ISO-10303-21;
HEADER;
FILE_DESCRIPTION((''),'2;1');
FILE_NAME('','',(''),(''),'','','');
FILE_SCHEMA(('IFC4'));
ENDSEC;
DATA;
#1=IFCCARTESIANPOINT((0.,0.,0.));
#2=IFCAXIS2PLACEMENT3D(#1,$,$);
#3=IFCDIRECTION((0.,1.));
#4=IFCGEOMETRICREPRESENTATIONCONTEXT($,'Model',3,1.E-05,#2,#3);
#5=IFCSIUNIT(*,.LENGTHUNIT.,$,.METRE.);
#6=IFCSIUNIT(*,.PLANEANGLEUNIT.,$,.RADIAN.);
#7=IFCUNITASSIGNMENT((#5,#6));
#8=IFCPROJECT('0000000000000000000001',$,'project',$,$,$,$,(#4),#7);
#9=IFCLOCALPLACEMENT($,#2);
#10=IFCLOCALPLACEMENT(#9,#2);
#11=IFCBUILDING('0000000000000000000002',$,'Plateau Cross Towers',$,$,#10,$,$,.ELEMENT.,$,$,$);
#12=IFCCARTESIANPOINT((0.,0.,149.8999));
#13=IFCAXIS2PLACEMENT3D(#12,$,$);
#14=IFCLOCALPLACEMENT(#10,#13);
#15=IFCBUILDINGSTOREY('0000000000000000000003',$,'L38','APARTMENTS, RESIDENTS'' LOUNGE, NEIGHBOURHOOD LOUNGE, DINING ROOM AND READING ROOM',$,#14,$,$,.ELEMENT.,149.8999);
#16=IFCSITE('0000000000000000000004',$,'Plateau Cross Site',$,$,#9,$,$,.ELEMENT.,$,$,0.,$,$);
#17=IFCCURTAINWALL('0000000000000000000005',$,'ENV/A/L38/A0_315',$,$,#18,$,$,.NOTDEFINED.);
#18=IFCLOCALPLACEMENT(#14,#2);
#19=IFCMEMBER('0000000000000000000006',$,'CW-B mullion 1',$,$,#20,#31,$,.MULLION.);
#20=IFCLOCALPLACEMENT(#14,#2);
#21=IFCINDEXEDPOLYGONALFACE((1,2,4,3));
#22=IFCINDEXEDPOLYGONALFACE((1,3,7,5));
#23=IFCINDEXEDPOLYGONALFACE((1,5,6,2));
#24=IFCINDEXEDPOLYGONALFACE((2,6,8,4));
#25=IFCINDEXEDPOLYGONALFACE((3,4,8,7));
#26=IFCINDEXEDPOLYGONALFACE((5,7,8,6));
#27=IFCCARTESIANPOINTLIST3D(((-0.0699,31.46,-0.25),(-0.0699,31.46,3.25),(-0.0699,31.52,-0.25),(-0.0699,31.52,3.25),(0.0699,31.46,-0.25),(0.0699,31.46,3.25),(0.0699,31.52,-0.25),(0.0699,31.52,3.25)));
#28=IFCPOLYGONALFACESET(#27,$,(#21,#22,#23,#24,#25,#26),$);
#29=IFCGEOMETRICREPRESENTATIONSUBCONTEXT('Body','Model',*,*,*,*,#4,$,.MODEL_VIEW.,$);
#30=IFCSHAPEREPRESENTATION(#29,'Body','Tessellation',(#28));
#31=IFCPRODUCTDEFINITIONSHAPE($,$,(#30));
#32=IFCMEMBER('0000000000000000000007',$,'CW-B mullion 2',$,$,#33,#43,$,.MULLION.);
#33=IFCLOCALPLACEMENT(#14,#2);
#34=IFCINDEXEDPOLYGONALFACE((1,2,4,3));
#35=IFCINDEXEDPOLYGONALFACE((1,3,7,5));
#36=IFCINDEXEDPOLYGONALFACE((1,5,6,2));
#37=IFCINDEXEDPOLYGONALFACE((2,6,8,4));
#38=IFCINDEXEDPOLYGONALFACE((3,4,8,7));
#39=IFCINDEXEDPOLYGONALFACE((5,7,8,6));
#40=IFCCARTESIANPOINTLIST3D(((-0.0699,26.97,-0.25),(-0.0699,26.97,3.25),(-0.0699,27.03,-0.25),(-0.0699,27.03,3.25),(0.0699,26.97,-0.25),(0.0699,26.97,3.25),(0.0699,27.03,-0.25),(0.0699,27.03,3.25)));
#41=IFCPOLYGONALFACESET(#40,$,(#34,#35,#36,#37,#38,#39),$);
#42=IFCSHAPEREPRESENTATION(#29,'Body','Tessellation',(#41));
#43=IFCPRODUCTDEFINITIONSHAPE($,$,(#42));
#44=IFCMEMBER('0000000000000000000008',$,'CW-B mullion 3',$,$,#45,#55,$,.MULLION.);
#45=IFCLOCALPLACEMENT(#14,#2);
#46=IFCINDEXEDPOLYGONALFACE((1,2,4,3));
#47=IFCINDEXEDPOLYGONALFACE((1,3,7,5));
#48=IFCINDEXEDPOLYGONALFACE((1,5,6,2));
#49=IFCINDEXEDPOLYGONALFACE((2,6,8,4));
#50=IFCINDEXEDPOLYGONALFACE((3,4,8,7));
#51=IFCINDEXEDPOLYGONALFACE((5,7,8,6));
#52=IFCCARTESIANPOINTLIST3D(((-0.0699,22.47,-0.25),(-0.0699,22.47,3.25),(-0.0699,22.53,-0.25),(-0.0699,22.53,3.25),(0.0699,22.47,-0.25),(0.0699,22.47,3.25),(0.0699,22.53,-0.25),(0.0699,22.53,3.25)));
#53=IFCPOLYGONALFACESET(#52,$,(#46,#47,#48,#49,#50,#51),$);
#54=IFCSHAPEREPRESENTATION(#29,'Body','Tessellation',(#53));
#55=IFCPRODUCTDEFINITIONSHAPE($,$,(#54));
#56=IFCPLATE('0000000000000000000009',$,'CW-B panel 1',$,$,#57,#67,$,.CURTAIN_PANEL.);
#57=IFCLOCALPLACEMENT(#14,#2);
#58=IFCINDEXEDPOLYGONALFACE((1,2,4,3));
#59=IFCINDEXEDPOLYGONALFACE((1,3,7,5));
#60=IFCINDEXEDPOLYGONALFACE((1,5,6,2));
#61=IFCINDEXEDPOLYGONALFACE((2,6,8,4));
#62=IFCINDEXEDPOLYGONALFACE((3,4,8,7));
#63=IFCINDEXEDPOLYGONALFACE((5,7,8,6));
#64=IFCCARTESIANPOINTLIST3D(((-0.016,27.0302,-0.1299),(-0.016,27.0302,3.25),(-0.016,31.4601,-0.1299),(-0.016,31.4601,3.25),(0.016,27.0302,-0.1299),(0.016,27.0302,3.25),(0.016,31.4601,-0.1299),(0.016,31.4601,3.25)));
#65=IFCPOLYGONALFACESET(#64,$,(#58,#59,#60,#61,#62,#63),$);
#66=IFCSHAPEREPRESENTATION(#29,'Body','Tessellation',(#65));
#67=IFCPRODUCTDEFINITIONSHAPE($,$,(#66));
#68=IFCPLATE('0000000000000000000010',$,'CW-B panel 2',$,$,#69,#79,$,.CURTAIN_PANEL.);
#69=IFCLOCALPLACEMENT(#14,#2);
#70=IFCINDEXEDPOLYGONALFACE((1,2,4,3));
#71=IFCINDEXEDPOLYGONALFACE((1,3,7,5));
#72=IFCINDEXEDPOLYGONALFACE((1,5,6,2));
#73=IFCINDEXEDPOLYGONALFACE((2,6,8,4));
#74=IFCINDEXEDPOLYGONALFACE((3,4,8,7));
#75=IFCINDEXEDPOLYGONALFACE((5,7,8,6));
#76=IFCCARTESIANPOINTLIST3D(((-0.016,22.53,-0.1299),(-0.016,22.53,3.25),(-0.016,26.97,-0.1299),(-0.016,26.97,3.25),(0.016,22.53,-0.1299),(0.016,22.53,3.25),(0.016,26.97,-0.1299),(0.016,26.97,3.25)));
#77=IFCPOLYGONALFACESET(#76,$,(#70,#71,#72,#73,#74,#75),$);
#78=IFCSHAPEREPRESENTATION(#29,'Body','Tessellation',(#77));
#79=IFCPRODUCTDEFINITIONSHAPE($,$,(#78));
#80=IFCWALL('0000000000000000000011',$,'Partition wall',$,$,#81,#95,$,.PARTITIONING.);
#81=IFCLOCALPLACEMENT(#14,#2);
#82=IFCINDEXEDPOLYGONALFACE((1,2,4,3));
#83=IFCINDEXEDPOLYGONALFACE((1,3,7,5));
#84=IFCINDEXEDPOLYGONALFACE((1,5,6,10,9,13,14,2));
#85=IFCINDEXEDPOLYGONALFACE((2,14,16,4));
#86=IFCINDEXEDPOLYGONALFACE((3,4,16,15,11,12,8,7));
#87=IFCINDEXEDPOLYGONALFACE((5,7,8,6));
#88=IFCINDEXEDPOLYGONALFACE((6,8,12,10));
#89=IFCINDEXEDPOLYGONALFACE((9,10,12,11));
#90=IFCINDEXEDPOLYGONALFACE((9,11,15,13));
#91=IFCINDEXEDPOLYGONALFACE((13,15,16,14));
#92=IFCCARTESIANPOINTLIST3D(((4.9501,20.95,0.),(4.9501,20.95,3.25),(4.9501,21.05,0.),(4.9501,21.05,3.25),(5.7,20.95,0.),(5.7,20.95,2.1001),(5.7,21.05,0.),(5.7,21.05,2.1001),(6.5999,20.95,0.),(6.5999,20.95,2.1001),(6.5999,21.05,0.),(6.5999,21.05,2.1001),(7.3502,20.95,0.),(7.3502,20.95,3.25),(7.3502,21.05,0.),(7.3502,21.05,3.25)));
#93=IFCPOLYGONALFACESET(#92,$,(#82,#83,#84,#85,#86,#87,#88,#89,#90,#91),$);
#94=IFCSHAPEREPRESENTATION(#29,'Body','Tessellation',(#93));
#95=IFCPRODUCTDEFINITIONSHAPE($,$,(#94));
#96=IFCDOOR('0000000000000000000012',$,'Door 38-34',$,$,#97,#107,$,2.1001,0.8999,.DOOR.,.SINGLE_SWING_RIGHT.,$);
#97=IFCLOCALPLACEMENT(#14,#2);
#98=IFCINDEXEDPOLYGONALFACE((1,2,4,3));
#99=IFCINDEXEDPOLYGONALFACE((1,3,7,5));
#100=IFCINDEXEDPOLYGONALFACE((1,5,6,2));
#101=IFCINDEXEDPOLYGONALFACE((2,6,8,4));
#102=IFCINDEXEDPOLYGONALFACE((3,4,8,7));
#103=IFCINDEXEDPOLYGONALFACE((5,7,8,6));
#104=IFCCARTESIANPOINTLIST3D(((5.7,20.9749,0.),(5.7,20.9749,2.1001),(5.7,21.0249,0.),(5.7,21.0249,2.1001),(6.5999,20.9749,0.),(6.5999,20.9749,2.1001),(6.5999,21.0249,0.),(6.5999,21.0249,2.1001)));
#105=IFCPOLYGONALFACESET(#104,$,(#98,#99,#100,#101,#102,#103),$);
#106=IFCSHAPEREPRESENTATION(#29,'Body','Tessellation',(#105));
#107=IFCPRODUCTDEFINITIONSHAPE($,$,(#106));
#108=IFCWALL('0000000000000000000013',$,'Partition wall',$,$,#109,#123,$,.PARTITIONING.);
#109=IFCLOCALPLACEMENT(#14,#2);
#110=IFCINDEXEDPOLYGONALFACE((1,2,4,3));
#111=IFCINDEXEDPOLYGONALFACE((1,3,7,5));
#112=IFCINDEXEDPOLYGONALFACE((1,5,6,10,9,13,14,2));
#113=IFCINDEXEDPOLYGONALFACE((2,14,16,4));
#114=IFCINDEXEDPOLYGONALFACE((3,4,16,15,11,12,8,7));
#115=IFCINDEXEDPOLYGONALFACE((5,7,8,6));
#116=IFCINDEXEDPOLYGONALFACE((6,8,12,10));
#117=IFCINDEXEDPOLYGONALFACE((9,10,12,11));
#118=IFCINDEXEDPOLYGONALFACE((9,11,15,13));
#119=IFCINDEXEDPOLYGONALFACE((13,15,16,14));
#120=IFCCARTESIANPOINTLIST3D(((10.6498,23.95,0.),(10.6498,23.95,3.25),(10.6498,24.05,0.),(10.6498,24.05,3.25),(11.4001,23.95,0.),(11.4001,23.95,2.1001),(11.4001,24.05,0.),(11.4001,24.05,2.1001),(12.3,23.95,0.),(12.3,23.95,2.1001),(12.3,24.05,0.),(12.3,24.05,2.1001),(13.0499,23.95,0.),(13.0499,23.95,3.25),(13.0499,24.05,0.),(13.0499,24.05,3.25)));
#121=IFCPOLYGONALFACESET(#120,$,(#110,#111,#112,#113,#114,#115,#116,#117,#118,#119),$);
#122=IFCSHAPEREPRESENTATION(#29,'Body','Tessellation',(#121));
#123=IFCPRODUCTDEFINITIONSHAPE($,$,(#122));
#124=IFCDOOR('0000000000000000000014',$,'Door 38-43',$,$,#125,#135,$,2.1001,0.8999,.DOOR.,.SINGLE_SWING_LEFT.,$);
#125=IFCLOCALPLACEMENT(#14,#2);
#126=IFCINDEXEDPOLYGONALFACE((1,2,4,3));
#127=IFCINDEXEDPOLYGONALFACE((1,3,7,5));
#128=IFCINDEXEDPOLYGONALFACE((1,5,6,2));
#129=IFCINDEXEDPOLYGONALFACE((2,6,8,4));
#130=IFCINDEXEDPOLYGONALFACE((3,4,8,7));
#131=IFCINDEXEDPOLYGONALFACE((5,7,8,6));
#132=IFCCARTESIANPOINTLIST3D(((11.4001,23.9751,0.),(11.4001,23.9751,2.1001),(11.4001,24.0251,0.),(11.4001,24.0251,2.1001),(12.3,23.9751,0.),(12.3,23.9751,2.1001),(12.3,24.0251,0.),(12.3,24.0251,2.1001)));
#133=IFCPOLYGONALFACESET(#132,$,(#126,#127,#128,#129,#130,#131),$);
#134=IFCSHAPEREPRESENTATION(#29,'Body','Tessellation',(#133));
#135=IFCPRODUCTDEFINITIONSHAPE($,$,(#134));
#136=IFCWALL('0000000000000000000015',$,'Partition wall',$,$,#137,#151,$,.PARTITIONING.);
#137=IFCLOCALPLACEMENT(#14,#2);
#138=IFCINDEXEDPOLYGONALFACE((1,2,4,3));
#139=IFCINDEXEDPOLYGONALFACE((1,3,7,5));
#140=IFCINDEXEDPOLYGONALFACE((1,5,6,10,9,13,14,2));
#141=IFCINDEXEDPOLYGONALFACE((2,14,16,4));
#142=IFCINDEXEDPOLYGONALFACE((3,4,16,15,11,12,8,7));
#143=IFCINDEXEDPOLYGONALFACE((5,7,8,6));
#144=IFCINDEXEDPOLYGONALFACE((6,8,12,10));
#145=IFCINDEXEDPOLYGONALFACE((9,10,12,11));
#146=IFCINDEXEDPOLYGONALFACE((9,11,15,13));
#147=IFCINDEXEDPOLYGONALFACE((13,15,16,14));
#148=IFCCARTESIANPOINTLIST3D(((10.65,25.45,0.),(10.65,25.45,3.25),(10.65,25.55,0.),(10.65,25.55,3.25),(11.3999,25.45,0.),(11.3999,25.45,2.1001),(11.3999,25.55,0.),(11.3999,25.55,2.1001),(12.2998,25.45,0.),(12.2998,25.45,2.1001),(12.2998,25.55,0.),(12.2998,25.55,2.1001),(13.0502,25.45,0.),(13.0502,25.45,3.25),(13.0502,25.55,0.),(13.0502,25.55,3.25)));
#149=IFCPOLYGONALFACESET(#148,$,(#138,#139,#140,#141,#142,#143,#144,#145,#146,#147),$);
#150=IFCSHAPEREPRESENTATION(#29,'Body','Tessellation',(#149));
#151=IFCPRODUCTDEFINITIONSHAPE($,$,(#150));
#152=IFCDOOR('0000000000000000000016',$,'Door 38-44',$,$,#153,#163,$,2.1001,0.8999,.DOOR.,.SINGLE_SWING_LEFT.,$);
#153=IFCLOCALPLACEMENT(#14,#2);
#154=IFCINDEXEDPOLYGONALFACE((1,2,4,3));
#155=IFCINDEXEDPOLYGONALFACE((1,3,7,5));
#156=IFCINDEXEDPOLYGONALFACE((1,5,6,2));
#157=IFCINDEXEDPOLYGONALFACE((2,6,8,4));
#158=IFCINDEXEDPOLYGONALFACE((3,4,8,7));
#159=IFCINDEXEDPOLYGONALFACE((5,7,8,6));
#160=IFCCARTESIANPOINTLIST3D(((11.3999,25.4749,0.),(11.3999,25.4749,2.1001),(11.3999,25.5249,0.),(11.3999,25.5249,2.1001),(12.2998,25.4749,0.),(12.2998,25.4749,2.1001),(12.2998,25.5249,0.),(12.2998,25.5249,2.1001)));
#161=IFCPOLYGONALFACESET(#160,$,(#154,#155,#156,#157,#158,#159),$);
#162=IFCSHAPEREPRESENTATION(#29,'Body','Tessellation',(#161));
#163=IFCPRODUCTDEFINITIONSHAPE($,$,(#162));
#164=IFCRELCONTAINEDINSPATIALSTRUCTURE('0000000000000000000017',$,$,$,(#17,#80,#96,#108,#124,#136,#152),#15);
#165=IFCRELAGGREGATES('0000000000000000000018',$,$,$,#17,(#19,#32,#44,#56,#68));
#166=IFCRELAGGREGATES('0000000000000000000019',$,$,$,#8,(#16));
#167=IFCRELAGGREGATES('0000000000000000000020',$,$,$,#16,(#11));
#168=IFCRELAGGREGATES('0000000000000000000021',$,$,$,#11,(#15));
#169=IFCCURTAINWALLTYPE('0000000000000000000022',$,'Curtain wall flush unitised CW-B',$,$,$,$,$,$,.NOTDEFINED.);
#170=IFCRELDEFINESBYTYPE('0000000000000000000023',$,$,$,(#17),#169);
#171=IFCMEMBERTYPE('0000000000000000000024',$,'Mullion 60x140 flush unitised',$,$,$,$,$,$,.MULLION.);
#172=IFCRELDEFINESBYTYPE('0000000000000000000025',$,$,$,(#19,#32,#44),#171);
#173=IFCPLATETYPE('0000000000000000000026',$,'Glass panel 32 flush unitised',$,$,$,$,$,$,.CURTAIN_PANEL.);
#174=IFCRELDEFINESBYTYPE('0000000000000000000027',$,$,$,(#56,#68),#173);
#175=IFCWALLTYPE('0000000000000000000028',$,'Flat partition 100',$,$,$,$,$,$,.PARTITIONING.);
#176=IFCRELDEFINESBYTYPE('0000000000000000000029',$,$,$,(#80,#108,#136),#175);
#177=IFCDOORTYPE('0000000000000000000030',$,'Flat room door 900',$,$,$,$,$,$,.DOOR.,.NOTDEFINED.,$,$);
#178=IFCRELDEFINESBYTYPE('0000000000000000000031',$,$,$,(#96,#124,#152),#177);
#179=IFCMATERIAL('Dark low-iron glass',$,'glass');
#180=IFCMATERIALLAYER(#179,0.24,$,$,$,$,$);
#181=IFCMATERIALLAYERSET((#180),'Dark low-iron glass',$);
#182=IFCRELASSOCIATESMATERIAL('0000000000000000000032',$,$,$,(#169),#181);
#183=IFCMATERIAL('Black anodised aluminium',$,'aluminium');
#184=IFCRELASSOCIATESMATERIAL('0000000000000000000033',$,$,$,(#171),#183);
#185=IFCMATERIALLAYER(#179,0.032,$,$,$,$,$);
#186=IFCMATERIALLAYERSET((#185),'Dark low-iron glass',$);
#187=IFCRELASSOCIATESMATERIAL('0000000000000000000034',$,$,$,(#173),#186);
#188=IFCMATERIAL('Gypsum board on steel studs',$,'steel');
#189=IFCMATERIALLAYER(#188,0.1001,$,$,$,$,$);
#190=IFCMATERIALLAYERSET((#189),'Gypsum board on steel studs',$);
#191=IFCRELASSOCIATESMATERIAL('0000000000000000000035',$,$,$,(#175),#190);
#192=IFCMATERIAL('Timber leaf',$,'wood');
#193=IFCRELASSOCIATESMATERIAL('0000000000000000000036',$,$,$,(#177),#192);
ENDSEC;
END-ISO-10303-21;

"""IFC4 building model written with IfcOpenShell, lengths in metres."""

from ifc_helpers import new_model, si_unit, direction, frame, frame_2d, origin, origin_2d, place, context, subcontext, project, spatial, rectangle, extrude, material, layer, layer_set, material_profile, profile_set, type_object, element, fill, aggregate, save


model = new_model("IFC4")

# Units and contexts
model_context = context("Model", 3, precision=1e-05, world=origin(), true_north=direction((0.0, 1.0)))
body_context = subcontext(model_context, "Body", "Model", "MODEL_VIEW")
ifc_project = project(units=[si_unit("LENGTHUNIT", "METRE"), si_unit("PLANEANGLEUNIT", "RADIAN")], contexts=[model_context])

# Site, building, storey
site_placement = place(None, origin())
site = spatial("IfcSite", under=ifc_project, at=site_placement, Name="Plateau Cross Site", CompositionType="ELEMENT", RefElevation=0.0)
building_placement = place(site_placement, origin())
building = spatial("IfcBuilding", under=site, at=building_placement, Name="Plateau Cross Towers", CompositionType="ELEMENT")
storey_placement = place(building_placement, frame((0.0, 0.0, 149.8999)))
storey = spatial("IfcBuildingStorey", under=building, at=storey_placement, Name="L38", Description="APARTMENTS, RESIDENTS' LOUNGE, NEIGHBOURHOOD LOUNGE, DINING ROOM AND READING ROOM", CompositionType="ELEMENT", Elevation=149.8999)

# Curtain wall, members, plates
ifc_material_1 = material(Name="Dark low-iron glass", Category="glass")
ifc_layer_1 = layer(ifc_material_1, 0.24)
ifc_layer_set_1 = layer_set([ifc_layer_1], Name="Dark low-iron glass")
curtain_wall_type = type_object("IfcCurtainWallType", Name="Curtain wall flush unitised CW-B", PredefinedType="NOTDEFINED", material=ifc_layer_set_1)
curtain_wall_placement = place(storey_placement, origin())
curtain_wall = element("IfcCurtainWall", 1, at=curtain_wall_placement, inside=storey, type_object=curtain_wall_type, Name="ENV/A/L38/A0_315", PredefinedType="NOTDEFINED")
ifc_material_2 = material(Name="Black anodised aluminium", Category="aluminium")
ifc_material_profile = material_profile(ifc_material_2, rectangle(XDim=0.0601, YDim=0.1399, at=origin_2d()), Name="MULLION 60x140")
ifc_profile_set = profile_set([ifc_material_profile], Name="Black anodised aluminium")
member_type = type_object("IfcMemberType", Name="Mullion 60x140 flush unitised", PredefinedType="MULLION", material=ifc_profile_set)
member_1_placement = place(storey_placement, frame((0.0, 31.49, -0.25), z_axis=(0.0, 0.0, 1.0), x_axis=(0.0, -1.0, 0.0)))
member_1 = element("IfcMember", 2, at=member_1_placement, type_object=member_type, Name="CW-B mullion 1", PredefinedType="MULLION", context=body_context, shape_type="SweptSolid", body=[
    extrude(rectangle(XDim=0.0601, YDim=0.1399, at=origin_2d()), origin(), (0.0, 0.0, 1.0), 3.5),
])
member_2_placement = place(storey_placement, frame((0.0, 27.0, -0.25), z_axis=(0.0, 0.0, 1.0), x_axis=(0.0, -1.0, 0.0)))
member_2 = element("IfcMember", 3, at=member_2_placement, type_object=member_type, Name="CW-B mullion 2", PredefinedType="MULLION", context=body_context, shape_type="SweptSolid", body=[
    extrude(rectangle(XDim=0.0601, YDim=0.1399, at=origin_2d()), origin(), (0.0, 0.0, 1.0), 3.5),
])
member_3_placement = place(storey_placement, frame((0.0, 22.5, -0.25), z_axis=(0.0, 0.0, 1.0), x_axis=(0.0, -1.0, 0.0)))
member_3 = element("IfcMember", 4, at=member_3_placement, type_object=member_type, Name="CW-B mullion 3", PredefinedType="MULLION", context=body_context, shape_type="SweptSolid", body=[
    extrude(rectangle(XDim=0.0601, YDim=0.1399, at=origin_2d()), origin(), (0.0, 0.0, 1.0), 3.5),
])
ifc_layer_2 = layer(ifc_material_1, 0.032)
ifc_layer_set_2 = layer_set([ifc_layer_2], Name="Dark low-iron glass")
plate_type = type_object("IfcPlateType", Name="Glass panel 32 flush unitised", PredefinedType="CURTAIN_PANEL", material=ifc_layer_set_2)
plate_1_placement = place(storey_placement, frame((0.0, 29.2451, -0.1299), z_axis=(0.0, 0.0, 1.0), x_axis=(0.0, -1.0, 0.0)))
plate_1 = element("IfcPlate", 5, at=plate_1_placement, type_object=plate_type, Name="CW-B panel 1", PredefinedType="CURTAIN_PANEL", context=body_context, shape_type="SweptSolid", body=[
    extrude(rectangle(XDim=4.4299, YDim=0.032, at=origin_2d()), origin(), (0.0, 0.0, 1.0), 3.3799),
])
plate_2_placement = place(storey_placement, frame((0.0, 24.75, -0.1299), z_axis=(0.0, 0.0, 1.0), x_axis=(0.0, -1.0, 0.0)))
plate_2 = element("IfcPlate", 6, at=plate_2_placement, type_object=plate_type, Name="CW-B panel 2", PredefinedType="CURTAIN_PANEL", context=body_context, shape_type="SweptSolid", body=[
    extrude(rectangle(XDim=4.4399, YDim=0.032, at=origin_2d()), origin(), (0.0, 0.0, 1.0), 3.3799),
])
aggregate(curtain_wall, [member_1, member_2, member_3, plate_1, plate_2])

# Walls, openings, doors
ifc_material_3 = material(Name="Gypsum board on steel studs", Category="steel")
ifc_layer_3 = layer(ifc_material_3, 0.1001)
ifc_layer_set_3 = layer_set([ifc_layer_3], Name="Gypsum board on steel studs")
wall_type_1 = type_object("IfcWallType", Name="Flat partition 100", PredefinedType="PARTITIONING", material=ifc_layer_set_3)
wall_1_placement = place(storey_placement, frame((4.95, 21.0, 0.0), z_axis=(0.0, 0.0, 1.0), x_axis=(1.0, 0.0, 0.0)))
wall_1 = element("IfcWall", 7, at=wall_1_placement, inside=storey, type_object=wall_type_1, Name="Partition wall", PredefinedType="PARTITIONING", context=body_context, shape_type="SweptSolid", body=[
    extrude(rectangle(XDim=2.4001, YDim=0.1001, at=frame_2d((1.2002, 0.0))), origin(), (0.0, 0.0, 1.0), 3.25),
])
opening_1_placement = place(wall_1_placement, frame((0.75, 0.0, 0.0)))
opening_1 = element("IfcOpeningElement", 8, at=opening_1_placement, cuts=wall_1, PredefinedType="OPENING", context=body_context, shape_type="SweptSolid", body=[
    extrude(rectangle(XDim=0.8999, YDim=2.1001, at=frame_2d((0.45, 1.05))), frame((0.0, 0.0601, 0.0), z_axis=(0.0, -1.0, 0.0), x_axis=(1.0, 0.0, 0.0)), (0.0, 0.0, 1.0), 0.1201),
])
ifc_material_4 = material(Name="Timber leaf", Category="wood")
door_type_1 = type_object("IfcDoorType", Name="Flat room door 900", OperationType="NOTDEFINED", PredefinedType="DOOR", material=ifc_material_4)
door_1_placement = place(opening_1_placement, origin())
door_1 = element("IfcDoor", 9, at=door_1_placement, inside=storey, type_object=door_type_1, Name="Door 38-34", OperationType="SINGLE_SWING_RIGHT", OverallHeight=2.1001, OverallWidth=0.8999, PredefinedType="DOOR", context=body_context, shape_type="SweptSolid", body=[
    extrude(rectangle(XDim=0.8999, YDim=2.1001, at=frame_2d((0.45, 1.05))), frame((0.0, 0.0249, 0.0), z_axis=(0.0, -1.0, 0.0), x_axis=(1.0, 0.0, 0.0)), (0.0, 0.0, 1.0), 0.05),
])
fill(opening_1, door_1)
wall_2_placement = place(storey_placement, frame((13.05, 24.0, 0.0), z_axis=(0.0, 0.0, 1.0), x_axis=(-1.0, 0.0, 0.0)))
wall_2 = element("IfcWall", 10, at=wall_2_placement, inside=storey, type_object=wall_type_1, Name="Partition wall", PredefinedType="PARTITIONING", context=body_context, shape_type="SweptSolid", body=[
    extrude(rectangle(XDim=2.4001, YDim=0.1001, at=frame_2d((1.2002, 0.0))), origin(), (0.0, 0.0, 1.0), 3.25),
])
opening_2_placement = place(wall_2_placement, frame((0.75, 0.0, 0.0)))
opening_2 = element("IfcOpeningElement", 11, at=opening_2_placement, cuts=wall_2, PredefinedType="OPENING", context=body_context, shape_type="SweptSolid", body=[
    extrude(rectangle(XDim=0.8999, YDim=2.1001, at=frame_2d((0.45, 1.05))), frame((0.0, 0.0601, 0.0), z_axis=(0.0, -1.0, 0.0), x_axis=(1.0, 0.0, 0.0)), (0.0, 0.0, 1.0), 0.1201),
])
door_2_placement = place(opening_2_placement, origin())
door_2 = element("IfcDoor", 12, at=door_2_placement, inside=storey, type_object=door_type_1, Name="Door 38-43", OperationType="SINGLE_SWING_LEFT", OverallHeight=2.1001, OverallWidth=0.8999, PredefinedType="DOOR", context=body_context, shape_type="SweptSolid", body=[
    extrude(rectangle(XDim=0.8999, YDim=2.1001, at=frame_2d((0.45, 1.05))), frame((0.0, 0.0249, 0.0), z_axis=(0.0, -1.0, 0.0), x_axis=(1.0, 0.0, 0.0)), (0.0, 0.0, 1.0), 0.05),
])
fill(opening_2, door_2)
wall_3_placement = place(storey_placement, frame((10.6499, 25.5, 0.0), z_axis=(0.0, 0.0, 1.0), x_axis=(1.0, 0.0, 0.0)))
wall_3 = element("IfcWall", 13, at=wall_3_placement, inside=storey, type_object=wall_type_1, Name="Partition wall", PredefinedType="PARTITIONING", context=body_context, shape_type="SweptSolid", body=[
    extrude(rectangle(XDim=2.4001, YDim=0.1001, at=frame_2d((1.2002, 0.0))), origin(), (0.0, 0.0, 1.0), 3.25),
])
opening_3_placement = place(wall_3_placement, frame((0.75, 0.0, 0.0)))
opening_3 = element("IfcOpeningElement", 14, at=opening_3_placement, cuts=wall_3, PredefinedType="OPENING", context=body_context, shape_type="SweptSolid", body=[
    extrude(rectangle(XDim=0.8999, YDim=2.1001, at=frame_2d((0.45, 1.05))), frame((0.0, 0.0601, 0.0), z_axis=(0.0, -1.0, 0.0), x_axis=(1.0, 0.0, 0.0)), (0.0, 0.0, 1.0), 0.1201),
])
door_3_placement = place(opening_3_placement, origin())
door_3 = element("IfcDoor", 15, at=door_3_placement, inside=storey, type_object=door_type_1, Name="Door 38-44", OperationType="SINGLE_SWING_LEFT", OverallHeight=2.1001, OverallWidth=0.8999, PredefinedType="DOOR", context=body_context, shape_type="SweptSolid", body=[
    extrude(rectangle(XDim=0.8999, YDim=2.1001, at=frame_2d((0.45, 1.05))), frame((0.0, 0.0249, 0.0), z_axis=(0.0, -1.0, 0.0), x_axis=(1.0, 0.0, 0.0)), (0.0, 0.0, 1.0), 0.05),
])
fill(opening_3, door_3)

save(model, "model.ifc")
